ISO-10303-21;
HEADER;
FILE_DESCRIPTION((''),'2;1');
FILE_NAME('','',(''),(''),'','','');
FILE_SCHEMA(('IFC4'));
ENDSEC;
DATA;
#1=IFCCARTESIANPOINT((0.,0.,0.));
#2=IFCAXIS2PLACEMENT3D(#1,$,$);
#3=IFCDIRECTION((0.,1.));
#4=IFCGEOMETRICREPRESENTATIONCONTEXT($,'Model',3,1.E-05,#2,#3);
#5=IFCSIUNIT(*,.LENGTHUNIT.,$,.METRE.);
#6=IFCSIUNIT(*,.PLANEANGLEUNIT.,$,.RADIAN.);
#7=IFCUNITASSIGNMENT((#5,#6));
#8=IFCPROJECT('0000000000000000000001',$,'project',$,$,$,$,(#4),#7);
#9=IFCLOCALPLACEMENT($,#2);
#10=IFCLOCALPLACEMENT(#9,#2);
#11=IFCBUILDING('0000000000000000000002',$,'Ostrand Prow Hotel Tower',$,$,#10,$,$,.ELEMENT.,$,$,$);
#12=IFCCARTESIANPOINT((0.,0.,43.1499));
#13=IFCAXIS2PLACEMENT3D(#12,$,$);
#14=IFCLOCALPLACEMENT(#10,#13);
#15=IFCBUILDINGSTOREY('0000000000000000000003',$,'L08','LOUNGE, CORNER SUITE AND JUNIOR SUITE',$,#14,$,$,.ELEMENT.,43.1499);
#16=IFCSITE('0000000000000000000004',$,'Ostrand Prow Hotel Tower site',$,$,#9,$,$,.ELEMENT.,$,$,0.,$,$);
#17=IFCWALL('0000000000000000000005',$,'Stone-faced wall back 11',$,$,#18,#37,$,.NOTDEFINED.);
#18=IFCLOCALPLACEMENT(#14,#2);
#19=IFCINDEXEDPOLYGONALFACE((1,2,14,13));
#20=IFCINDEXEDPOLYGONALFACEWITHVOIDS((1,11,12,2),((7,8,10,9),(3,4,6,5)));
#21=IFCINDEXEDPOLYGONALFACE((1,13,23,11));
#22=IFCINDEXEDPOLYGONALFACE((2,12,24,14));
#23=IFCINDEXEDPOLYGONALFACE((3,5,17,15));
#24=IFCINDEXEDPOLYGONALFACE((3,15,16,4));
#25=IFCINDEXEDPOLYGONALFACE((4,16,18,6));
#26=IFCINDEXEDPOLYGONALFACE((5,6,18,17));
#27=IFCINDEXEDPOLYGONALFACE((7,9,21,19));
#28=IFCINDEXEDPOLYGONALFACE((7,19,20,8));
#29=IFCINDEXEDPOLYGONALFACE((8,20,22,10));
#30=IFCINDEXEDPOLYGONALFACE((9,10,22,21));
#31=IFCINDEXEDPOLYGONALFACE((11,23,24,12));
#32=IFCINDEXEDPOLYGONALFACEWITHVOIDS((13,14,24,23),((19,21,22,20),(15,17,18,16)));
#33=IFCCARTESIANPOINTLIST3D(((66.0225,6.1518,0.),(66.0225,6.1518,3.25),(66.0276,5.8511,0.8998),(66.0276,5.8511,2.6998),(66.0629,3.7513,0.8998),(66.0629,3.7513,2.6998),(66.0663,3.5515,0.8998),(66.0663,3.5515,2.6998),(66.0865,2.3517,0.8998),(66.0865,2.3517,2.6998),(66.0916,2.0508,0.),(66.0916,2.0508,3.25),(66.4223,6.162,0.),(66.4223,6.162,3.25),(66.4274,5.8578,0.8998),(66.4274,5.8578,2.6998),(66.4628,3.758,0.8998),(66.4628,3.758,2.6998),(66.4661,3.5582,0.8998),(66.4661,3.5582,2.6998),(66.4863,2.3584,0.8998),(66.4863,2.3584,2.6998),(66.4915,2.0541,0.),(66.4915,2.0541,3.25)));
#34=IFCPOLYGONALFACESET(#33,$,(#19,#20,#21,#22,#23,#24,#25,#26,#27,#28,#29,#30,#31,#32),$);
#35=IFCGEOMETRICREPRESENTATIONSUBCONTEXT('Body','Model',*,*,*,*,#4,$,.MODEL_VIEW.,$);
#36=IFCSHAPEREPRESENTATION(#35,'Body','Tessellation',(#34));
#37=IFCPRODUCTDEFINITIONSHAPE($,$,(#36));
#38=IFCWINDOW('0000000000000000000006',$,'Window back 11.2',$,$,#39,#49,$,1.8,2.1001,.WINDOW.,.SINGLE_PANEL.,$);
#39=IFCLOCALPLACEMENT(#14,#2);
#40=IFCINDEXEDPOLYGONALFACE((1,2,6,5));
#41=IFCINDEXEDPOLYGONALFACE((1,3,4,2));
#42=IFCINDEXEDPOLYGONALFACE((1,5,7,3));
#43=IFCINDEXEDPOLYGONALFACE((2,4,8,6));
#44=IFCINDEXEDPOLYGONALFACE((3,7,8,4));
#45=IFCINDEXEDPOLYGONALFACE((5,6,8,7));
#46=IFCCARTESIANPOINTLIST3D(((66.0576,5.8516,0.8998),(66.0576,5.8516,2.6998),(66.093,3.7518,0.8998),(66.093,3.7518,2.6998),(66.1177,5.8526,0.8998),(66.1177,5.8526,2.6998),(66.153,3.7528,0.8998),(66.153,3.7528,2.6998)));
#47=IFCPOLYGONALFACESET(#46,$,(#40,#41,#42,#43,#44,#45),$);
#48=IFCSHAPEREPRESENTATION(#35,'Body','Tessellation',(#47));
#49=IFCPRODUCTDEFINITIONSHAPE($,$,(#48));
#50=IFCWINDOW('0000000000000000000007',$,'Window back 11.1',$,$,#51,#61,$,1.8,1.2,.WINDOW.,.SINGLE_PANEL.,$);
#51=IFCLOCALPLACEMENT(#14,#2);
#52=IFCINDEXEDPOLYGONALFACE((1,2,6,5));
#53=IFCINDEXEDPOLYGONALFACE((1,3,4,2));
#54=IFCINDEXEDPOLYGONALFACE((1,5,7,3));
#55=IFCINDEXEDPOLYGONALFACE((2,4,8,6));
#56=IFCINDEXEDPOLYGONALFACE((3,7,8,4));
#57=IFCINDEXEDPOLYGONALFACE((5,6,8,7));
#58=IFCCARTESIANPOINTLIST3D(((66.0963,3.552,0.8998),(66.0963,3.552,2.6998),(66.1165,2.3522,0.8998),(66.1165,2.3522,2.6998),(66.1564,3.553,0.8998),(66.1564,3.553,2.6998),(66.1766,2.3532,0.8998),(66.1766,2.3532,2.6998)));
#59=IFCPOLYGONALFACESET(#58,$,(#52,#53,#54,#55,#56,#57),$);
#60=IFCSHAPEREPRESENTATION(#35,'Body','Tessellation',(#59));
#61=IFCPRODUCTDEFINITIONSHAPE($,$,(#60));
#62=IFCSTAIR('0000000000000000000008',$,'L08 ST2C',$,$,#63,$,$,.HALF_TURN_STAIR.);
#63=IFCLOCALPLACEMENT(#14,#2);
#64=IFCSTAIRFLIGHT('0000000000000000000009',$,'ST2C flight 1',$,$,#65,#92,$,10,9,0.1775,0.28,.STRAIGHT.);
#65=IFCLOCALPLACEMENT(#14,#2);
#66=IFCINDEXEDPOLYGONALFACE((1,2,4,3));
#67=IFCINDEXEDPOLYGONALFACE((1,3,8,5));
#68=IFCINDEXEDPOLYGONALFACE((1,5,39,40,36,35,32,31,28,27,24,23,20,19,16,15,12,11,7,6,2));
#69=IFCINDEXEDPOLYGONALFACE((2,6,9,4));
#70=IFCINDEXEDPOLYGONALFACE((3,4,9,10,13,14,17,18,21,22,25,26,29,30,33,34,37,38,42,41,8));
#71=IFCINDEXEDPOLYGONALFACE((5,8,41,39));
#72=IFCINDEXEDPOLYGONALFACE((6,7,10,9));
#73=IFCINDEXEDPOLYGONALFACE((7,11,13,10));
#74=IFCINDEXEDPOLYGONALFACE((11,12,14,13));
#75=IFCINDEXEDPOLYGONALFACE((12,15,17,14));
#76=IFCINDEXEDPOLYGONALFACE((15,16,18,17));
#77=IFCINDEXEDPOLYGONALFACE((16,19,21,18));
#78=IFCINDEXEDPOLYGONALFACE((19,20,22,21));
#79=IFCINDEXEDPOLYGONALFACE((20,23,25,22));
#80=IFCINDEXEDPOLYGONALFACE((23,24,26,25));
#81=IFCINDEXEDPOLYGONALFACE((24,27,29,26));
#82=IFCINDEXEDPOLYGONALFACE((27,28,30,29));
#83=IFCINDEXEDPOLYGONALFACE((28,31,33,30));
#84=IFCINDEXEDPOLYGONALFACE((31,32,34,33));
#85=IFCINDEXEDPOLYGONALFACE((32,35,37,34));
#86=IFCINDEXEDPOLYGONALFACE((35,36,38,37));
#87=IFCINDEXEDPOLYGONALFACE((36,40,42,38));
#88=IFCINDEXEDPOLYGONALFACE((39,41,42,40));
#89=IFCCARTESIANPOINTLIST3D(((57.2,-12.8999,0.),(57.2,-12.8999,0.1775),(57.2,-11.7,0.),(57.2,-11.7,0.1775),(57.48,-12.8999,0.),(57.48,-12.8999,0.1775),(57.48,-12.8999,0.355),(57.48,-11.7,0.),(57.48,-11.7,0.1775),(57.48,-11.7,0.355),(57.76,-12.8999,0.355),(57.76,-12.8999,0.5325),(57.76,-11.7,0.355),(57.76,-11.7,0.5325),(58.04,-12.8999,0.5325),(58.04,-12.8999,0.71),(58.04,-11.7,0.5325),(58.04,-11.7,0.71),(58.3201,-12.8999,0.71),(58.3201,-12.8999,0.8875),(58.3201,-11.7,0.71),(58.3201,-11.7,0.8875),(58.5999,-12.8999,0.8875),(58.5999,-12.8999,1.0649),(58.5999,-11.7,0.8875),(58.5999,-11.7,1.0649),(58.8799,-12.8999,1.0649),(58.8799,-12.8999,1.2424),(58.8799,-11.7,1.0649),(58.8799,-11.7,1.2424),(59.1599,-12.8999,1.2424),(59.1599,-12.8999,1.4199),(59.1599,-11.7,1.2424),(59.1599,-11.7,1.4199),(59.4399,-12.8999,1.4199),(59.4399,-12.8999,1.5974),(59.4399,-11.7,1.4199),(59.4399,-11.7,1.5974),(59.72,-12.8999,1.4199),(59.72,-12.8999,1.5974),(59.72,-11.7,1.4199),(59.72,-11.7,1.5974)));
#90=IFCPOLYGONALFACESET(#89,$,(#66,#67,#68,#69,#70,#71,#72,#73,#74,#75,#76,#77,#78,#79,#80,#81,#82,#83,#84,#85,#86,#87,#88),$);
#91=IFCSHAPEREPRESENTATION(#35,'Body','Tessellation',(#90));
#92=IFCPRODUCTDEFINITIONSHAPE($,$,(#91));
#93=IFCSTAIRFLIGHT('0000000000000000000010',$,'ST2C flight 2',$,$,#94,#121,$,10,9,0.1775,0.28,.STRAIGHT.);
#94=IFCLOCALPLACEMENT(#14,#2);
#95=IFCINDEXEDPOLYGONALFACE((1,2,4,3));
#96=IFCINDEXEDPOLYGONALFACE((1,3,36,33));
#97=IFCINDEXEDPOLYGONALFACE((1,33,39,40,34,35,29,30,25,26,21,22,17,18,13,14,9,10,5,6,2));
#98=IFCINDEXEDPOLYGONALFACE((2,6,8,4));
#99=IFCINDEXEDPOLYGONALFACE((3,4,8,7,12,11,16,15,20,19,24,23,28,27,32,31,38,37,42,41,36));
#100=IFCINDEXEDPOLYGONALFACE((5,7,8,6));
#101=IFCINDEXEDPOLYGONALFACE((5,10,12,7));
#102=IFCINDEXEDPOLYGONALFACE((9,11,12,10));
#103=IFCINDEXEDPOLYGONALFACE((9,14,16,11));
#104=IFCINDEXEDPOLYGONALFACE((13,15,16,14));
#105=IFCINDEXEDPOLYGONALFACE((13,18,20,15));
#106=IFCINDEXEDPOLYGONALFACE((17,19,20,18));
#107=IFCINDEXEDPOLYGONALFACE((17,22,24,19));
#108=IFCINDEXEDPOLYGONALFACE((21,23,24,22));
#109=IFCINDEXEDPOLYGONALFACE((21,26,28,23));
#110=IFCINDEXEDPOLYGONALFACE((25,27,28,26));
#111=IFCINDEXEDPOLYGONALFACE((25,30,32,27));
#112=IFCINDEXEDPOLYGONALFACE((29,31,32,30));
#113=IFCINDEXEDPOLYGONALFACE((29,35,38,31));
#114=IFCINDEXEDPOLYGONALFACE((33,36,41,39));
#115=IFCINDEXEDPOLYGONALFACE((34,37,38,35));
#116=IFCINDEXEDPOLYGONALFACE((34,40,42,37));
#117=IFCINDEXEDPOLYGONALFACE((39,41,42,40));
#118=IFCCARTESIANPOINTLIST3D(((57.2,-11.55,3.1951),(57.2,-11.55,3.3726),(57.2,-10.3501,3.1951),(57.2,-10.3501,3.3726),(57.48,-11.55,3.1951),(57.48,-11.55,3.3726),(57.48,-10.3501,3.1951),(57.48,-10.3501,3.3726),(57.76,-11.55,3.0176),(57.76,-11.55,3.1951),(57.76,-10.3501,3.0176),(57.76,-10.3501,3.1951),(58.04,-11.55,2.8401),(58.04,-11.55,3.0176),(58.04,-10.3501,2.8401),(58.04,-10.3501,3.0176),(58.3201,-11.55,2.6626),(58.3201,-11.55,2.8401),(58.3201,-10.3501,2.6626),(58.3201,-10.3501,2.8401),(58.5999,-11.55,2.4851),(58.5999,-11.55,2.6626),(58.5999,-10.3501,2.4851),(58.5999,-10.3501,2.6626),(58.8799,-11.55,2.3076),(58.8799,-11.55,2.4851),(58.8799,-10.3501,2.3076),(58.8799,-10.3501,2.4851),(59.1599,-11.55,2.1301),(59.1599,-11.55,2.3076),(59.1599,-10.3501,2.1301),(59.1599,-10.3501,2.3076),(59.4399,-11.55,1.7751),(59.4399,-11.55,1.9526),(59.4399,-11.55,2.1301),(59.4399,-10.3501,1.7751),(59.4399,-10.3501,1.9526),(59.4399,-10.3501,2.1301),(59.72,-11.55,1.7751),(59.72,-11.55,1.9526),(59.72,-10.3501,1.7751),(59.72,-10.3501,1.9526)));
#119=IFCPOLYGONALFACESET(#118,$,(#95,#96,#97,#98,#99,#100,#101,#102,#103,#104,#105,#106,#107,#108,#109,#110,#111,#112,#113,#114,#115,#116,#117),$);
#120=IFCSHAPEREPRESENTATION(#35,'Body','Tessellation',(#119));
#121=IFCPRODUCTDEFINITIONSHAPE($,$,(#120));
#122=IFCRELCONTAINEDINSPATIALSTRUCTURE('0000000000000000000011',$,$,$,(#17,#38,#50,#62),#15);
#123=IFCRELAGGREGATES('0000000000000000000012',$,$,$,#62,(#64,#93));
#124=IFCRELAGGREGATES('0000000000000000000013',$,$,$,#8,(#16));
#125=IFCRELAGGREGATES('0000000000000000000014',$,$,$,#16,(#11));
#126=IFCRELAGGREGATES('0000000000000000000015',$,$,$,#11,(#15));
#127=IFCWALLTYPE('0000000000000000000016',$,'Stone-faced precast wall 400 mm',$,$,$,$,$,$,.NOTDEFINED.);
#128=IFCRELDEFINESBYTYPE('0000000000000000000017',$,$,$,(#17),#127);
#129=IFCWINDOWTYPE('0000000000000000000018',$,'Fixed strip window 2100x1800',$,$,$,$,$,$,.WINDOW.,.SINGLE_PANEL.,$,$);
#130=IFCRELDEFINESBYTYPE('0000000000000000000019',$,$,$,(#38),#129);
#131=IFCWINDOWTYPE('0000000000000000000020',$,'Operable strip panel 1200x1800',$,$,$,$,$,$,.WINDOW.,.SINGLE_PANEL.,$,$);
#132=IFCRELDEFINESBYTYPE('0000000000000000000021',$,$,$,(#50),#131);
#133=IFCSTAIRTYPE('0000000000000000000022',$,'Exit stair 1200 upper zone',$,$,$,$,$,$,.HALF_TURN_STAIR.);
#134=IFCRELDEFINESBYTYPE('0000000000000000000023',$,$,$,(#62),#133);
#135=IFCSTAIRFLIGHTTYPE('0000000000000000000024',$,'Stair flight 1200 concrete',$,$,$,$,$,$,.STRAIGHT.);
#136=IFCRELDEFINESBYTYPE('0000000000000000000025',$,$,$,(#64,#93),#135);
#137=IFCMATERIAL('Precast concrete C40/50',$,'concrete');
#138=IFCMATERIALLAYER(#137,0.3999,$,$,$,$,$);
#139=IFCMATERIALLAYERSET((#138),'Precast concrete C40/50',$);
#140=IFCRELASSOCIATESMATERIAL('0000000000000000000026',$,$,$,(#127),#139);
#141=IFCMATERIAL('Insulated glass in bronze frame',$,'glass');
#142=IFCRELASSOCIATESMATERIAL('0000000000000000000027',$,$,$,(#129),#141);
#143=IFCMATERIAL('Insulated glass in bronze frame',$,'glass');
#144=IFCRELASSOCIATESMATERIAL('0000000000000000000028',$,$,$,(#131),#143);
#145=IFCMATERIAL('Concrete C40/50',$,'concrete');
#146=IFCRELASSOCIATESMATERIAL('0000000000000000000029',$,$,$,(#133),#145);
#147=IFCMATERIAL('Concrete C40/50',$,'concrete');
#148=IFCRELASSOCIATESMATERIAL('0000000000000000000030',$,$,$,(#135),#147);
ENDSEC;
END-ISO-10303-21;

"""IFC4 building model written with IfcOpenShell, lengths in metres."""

from ifc_helpers import new_model, si_unit, direction, frame, frame_2d, origin, place, context, subcontext, project, spatial, polyline, rectangle, outline, extrude, material, layer, layer_set, type_object, element, fill, aggregate, save


model = new_model("IFC4")

# Units and contexts
model_context = context("Model", 3, precision=1e-05, world=origin(), true_north=direction((0.0, 1.0)))
body_context = subcontext(model_context, "Body", "Model", "MODEL_VIEW")
ifc_project = project(units=[si_unit("LENGTHUNIT", "METRE"), si_unit("PLANEANGLEUNIT", "RADIAN")], contexts=[model_context])

# Site, building, storey
site_placement = place(None, origin())
site = spatial("IfcSite", under=ifc_project, at=site_placement, Name="Ostrand Prow Hotel Tower site", CompositionType="ELEMENT", RefElevation=0.0)
building_placement = place(site_placement, origin())
building = spatial("IfcBuilding", under=site, at=building_placement, Name="Ostrand Prow Hotel Tower", CompositionType="ELEMENT")
storey_placement = place(building_placement, frame((0.0, 0.0, 43.1499)))
storey = spatial("IfcBuildingStorey", under=building, at=storey_placement, Name="L08", Description="LOUNGE, CORNER SUITE AND JUNIOR SUITE", CompositionType="ELEMENT", Elevation=43.1499)

# Shared definitions
ifc_material_1 = material(Name="Precast concrete C40/50", Category="concrete")
ifc_layer_1 = layer(ifc_material_1, 0.3999)
ifc_layer_set_1 = layer_set([ifc_layer_1], Name="Precast concrete C40/50")
wall_type_1 = type_object("IfcWallType", Name="Stone-faced precast wall 400 mm", PredefinedType="NOTDEFINED", material=ifc_layer_set_1)

# Wall, openings, windows
wall_1_placement = place(storey_placement, frame((66.2915, 2.0525, 0.0), z_axis=(0.0, 0.0, 1.0), x_axis=(-0.016831, 0.999858, 0.0)))
wall_1 = element("IfcWall", 1, at=wall_1_placement, inside=storey, type_object=wall_type_1, Name="Stone-faced wall back 11", PredefinedType="NOTDEFINED", context=body_context, shape_type="SweptSolid", body=[
    extrude(outline(polyline([(-0.0017, -0.2), (4.1067, -0.2), (4.1033, 0.2), (0.0017, 0.2), (-0.0017, -0.2)])), origin(), (0.0, 0.0, 1.0), 3.25),
])
opening_1_placement = place(wall_1_placement, frame((0.3025, 0.0, 0.8999)))
opening_1 = element("IfcOpeningElement", 2, at=opening_1_placement, cuts=wall_1, PredefinedType="OPENING", context=body_context, shape_type="SweptSolid", body=[
    extrude(rectangle(XDim=1.2, YDim=1.8, at=frame_2d((0.6001, 0.8999))), frame((0.0, 0.21, 0.0), z_axis=(0.0, -1.0, 0.0), x_axis=(1.0, 0.0, 0.0)), (0.0, 0.0, 1.0), 0.4199),
])
opening_2_placement = place(wall_1_placement, frame((1.7024, 0.0, 0.8999)))
opening_2 = element("IfcOpeningElement", 3, at=opening_2_placement, cuts=wall_1, PredefinedType="OPENING", context=body_context, shape_type="SweptSolid", body=[
    extrude(rectangle(XDim=2.1001, YDim=1.8, at=frame_2d((1.05, 0.8999))), frame((0.0, 0.21, 0.0), z_axis=(0.0, -1.0, 0.0), x_axis=(1.0, 0.0, 0.0)), (0.0, 0.0, 1.0), 0.4199),
])
ifc_material_2 = material(Name="Insulated glass in bronze frame", Category="glass")
window_type_1 = type_object("IfcWindowType", Name="Fixed strip window 2100x1800", PartitioningType="SINGLE_PANEL", PredefinedType="WINDOW", material=ifc_material_2)
window_1_placement = place(opening_2_placement, origin())
window_1 = element("IfcWindow", 4, at=window_1_placement, inside=storey, type_object=window_type_1, Name="Window back 11.2", OverallHeight=1.8, OverallWidth=2.1001, PartitioningType="SINGLE_PANEL", PredefinedType="WINDOW", context=body_context, shape_type="SweptSolid", body=[
    extrude(rectangle(XDim=2.1001, YDim=1.8, at=frame_2d((1.05, 0.8999))), frame((0.0, 0.1699, 0.0), z_axis=(0.0, -1.0, 0.0), x_axis=(1.0, 0.0, 0.0)), (0.0, 0.0, 1.0), 0.0601),
])
fill(opening_2, window_1)
ifc_material_3 = material(Name="Insulated glass in bronze frame", Category="glass")
window_type_2 = type_object("IfcWindowType", Name="Operable strip panel 1200x1800", PartitioningType="SINGLE_PANEL", PredefinedType="WINDOW", material=ifc_material_3)
window_2_placement = place(opening_1_placement, origin())
window_2 = element("IfcWindow", 5, at=window_2_placement, inside=storey, type_object=window_type_2, Name="Window back 11.1", OverallHeight=1.8, OverallWidth=1.2, PartitioningType="SINGLE_PANEL", PredefinedType="WINDOW", context=body_context, shape_type="SweptSolid", body=[
    extrude(rectangle(XDim=1.2, YDim=1.8, at=frame_2d((0.6001, 0.8999))), frame((0.0, 0.1699, 0.0), z_axis=(0.0, -1.0, 0.0), x_axis=(1.0, 0.0, 0.0)), (0.0, 0.0, 1.0), 0.0601),
])
fill(opening_1, window_2)

# Stair, stair flights
ifc_material_4 = material(Name="Concrete C40/50", Category="concrete")
stair_type = type_object("IfcStairType", Name="Exit stair 1200 upper zone", PredefinedType="HALF_TURN_STAIR", material=ifc_material_4)
stair_placement = place(storey_placement, origin())
stair = element("IfcStair", 6, at=stair_placement, inside=storey, type_object=stair_type, Name="L08 ST2C", PredefinedType="HALF_TURN_STAIR")
ifc_material_5 = material(Name="Concrete C40/50", Category="concrete")
stair_flight_type = type_object("IfcStairFlightType", Name="Stair flight 1200 concrete", PredefinedType="STRAIGHT", material=ifc_material_5)
stair_flight_1_placement = place(storey_placement, frame((57.2, -12.3, 0.0), z_axis=(0.0, 0.0, 1.0), x_axis=(1.0, 0.0, 0.0)))
stair_flight_1 = element("IfcStairFlight", 7, at=stair_flight_1_placement, type_object=stair_flight_type, Name="ST2C flight 1", NumberOfRisers=10, NumberOfTreads=9, PredefinedType="STRAIGHT", RiserHeight=0.1775, TreadLength=0.28, context=body_context, shape_type="SweptSolid", body=[
    extrude(outline(polyline([(0.0, 0.0), (0.0, 0.1775), (0.28, 0.1775), (0.28, 0.355), (0.5601, 0.355), (0.5601, 0.5325), (0.8401, 0.5325), (0.8401, 0.71), (1.1201, 0.71), (1.1201, 0.8875), (1.3999, 0.8875), (1.3999, 1.0649), (1.6799, 1.0649), (1.6799, 1.2424), (1.96, 1.2424), (1.96, 1.4199), (2.24, 1.4199), (2.24, 1.5974), (2.52, 1.5974), (2.52, 1.7749), (2.52, 1.4199), (0.28, 0.0), (0.0, 0.0)])), frame((0.0, 0.6001, 0.0), z_axis=(0.0, -1.0, 0.0), x_axis=(1.0, 0.0, 0.0)), (0.0, 0.0, 1.0), 1.2),
])
stair_flight_2_placement = place(storey_placement, frame((59.72, -10.95, 1.7751), z_axis=(0.0, 0.0, 1.0), x_axis=(-1.0, 0.0, 0.0)))
stair_flight_2 = element("IfcStairFlight", 8, at=stair_flight_2_placement, type_object=stair_flight_type, Name="ST2C flight 2", NumberOfRisers=10, NumberOfTreads=9, PredefinedType="STRAIGHT", RiserHeight=0.1775, TreadLength=0.28, context=body_context, shape_type="SweptSolid", body=[
    extrude(outline(polyline([(0.0, 0.0), (0.0, 0.1775), (0.28, 0.1775), (0.28, 0.355), (0.5601, 0.355), (0.5601, 0.5325), (0.8401, 0.5325), (0.8401, 0.71), (1.1201, 0.71), (1.1201, 0.8875), (1.3999, 0.8875), (1.3999, 1.0649), (1.6799, 1.0649), (1.6799, 1.2424), (1.96, 1.2424), (1.96, 1.4199), (2.24, 1.4199), (2.24, 1.5974), (2.52, 1.5974), (2.52, 1.7749), (2.52, 1.4199), (0.28, 0.0), (0.0, 0.0)])), frame((0.0, 0.6001, 0.0), z_axis=(0.0, -1.0, 0.0), x_axis=(1.0, 0.0, 0.0)), (0.0, 0.0, 1.0), 1.2),
])
aggregate(stair, [stair_flight_1, stair_flight_2])

save(model, "model.ifc")
